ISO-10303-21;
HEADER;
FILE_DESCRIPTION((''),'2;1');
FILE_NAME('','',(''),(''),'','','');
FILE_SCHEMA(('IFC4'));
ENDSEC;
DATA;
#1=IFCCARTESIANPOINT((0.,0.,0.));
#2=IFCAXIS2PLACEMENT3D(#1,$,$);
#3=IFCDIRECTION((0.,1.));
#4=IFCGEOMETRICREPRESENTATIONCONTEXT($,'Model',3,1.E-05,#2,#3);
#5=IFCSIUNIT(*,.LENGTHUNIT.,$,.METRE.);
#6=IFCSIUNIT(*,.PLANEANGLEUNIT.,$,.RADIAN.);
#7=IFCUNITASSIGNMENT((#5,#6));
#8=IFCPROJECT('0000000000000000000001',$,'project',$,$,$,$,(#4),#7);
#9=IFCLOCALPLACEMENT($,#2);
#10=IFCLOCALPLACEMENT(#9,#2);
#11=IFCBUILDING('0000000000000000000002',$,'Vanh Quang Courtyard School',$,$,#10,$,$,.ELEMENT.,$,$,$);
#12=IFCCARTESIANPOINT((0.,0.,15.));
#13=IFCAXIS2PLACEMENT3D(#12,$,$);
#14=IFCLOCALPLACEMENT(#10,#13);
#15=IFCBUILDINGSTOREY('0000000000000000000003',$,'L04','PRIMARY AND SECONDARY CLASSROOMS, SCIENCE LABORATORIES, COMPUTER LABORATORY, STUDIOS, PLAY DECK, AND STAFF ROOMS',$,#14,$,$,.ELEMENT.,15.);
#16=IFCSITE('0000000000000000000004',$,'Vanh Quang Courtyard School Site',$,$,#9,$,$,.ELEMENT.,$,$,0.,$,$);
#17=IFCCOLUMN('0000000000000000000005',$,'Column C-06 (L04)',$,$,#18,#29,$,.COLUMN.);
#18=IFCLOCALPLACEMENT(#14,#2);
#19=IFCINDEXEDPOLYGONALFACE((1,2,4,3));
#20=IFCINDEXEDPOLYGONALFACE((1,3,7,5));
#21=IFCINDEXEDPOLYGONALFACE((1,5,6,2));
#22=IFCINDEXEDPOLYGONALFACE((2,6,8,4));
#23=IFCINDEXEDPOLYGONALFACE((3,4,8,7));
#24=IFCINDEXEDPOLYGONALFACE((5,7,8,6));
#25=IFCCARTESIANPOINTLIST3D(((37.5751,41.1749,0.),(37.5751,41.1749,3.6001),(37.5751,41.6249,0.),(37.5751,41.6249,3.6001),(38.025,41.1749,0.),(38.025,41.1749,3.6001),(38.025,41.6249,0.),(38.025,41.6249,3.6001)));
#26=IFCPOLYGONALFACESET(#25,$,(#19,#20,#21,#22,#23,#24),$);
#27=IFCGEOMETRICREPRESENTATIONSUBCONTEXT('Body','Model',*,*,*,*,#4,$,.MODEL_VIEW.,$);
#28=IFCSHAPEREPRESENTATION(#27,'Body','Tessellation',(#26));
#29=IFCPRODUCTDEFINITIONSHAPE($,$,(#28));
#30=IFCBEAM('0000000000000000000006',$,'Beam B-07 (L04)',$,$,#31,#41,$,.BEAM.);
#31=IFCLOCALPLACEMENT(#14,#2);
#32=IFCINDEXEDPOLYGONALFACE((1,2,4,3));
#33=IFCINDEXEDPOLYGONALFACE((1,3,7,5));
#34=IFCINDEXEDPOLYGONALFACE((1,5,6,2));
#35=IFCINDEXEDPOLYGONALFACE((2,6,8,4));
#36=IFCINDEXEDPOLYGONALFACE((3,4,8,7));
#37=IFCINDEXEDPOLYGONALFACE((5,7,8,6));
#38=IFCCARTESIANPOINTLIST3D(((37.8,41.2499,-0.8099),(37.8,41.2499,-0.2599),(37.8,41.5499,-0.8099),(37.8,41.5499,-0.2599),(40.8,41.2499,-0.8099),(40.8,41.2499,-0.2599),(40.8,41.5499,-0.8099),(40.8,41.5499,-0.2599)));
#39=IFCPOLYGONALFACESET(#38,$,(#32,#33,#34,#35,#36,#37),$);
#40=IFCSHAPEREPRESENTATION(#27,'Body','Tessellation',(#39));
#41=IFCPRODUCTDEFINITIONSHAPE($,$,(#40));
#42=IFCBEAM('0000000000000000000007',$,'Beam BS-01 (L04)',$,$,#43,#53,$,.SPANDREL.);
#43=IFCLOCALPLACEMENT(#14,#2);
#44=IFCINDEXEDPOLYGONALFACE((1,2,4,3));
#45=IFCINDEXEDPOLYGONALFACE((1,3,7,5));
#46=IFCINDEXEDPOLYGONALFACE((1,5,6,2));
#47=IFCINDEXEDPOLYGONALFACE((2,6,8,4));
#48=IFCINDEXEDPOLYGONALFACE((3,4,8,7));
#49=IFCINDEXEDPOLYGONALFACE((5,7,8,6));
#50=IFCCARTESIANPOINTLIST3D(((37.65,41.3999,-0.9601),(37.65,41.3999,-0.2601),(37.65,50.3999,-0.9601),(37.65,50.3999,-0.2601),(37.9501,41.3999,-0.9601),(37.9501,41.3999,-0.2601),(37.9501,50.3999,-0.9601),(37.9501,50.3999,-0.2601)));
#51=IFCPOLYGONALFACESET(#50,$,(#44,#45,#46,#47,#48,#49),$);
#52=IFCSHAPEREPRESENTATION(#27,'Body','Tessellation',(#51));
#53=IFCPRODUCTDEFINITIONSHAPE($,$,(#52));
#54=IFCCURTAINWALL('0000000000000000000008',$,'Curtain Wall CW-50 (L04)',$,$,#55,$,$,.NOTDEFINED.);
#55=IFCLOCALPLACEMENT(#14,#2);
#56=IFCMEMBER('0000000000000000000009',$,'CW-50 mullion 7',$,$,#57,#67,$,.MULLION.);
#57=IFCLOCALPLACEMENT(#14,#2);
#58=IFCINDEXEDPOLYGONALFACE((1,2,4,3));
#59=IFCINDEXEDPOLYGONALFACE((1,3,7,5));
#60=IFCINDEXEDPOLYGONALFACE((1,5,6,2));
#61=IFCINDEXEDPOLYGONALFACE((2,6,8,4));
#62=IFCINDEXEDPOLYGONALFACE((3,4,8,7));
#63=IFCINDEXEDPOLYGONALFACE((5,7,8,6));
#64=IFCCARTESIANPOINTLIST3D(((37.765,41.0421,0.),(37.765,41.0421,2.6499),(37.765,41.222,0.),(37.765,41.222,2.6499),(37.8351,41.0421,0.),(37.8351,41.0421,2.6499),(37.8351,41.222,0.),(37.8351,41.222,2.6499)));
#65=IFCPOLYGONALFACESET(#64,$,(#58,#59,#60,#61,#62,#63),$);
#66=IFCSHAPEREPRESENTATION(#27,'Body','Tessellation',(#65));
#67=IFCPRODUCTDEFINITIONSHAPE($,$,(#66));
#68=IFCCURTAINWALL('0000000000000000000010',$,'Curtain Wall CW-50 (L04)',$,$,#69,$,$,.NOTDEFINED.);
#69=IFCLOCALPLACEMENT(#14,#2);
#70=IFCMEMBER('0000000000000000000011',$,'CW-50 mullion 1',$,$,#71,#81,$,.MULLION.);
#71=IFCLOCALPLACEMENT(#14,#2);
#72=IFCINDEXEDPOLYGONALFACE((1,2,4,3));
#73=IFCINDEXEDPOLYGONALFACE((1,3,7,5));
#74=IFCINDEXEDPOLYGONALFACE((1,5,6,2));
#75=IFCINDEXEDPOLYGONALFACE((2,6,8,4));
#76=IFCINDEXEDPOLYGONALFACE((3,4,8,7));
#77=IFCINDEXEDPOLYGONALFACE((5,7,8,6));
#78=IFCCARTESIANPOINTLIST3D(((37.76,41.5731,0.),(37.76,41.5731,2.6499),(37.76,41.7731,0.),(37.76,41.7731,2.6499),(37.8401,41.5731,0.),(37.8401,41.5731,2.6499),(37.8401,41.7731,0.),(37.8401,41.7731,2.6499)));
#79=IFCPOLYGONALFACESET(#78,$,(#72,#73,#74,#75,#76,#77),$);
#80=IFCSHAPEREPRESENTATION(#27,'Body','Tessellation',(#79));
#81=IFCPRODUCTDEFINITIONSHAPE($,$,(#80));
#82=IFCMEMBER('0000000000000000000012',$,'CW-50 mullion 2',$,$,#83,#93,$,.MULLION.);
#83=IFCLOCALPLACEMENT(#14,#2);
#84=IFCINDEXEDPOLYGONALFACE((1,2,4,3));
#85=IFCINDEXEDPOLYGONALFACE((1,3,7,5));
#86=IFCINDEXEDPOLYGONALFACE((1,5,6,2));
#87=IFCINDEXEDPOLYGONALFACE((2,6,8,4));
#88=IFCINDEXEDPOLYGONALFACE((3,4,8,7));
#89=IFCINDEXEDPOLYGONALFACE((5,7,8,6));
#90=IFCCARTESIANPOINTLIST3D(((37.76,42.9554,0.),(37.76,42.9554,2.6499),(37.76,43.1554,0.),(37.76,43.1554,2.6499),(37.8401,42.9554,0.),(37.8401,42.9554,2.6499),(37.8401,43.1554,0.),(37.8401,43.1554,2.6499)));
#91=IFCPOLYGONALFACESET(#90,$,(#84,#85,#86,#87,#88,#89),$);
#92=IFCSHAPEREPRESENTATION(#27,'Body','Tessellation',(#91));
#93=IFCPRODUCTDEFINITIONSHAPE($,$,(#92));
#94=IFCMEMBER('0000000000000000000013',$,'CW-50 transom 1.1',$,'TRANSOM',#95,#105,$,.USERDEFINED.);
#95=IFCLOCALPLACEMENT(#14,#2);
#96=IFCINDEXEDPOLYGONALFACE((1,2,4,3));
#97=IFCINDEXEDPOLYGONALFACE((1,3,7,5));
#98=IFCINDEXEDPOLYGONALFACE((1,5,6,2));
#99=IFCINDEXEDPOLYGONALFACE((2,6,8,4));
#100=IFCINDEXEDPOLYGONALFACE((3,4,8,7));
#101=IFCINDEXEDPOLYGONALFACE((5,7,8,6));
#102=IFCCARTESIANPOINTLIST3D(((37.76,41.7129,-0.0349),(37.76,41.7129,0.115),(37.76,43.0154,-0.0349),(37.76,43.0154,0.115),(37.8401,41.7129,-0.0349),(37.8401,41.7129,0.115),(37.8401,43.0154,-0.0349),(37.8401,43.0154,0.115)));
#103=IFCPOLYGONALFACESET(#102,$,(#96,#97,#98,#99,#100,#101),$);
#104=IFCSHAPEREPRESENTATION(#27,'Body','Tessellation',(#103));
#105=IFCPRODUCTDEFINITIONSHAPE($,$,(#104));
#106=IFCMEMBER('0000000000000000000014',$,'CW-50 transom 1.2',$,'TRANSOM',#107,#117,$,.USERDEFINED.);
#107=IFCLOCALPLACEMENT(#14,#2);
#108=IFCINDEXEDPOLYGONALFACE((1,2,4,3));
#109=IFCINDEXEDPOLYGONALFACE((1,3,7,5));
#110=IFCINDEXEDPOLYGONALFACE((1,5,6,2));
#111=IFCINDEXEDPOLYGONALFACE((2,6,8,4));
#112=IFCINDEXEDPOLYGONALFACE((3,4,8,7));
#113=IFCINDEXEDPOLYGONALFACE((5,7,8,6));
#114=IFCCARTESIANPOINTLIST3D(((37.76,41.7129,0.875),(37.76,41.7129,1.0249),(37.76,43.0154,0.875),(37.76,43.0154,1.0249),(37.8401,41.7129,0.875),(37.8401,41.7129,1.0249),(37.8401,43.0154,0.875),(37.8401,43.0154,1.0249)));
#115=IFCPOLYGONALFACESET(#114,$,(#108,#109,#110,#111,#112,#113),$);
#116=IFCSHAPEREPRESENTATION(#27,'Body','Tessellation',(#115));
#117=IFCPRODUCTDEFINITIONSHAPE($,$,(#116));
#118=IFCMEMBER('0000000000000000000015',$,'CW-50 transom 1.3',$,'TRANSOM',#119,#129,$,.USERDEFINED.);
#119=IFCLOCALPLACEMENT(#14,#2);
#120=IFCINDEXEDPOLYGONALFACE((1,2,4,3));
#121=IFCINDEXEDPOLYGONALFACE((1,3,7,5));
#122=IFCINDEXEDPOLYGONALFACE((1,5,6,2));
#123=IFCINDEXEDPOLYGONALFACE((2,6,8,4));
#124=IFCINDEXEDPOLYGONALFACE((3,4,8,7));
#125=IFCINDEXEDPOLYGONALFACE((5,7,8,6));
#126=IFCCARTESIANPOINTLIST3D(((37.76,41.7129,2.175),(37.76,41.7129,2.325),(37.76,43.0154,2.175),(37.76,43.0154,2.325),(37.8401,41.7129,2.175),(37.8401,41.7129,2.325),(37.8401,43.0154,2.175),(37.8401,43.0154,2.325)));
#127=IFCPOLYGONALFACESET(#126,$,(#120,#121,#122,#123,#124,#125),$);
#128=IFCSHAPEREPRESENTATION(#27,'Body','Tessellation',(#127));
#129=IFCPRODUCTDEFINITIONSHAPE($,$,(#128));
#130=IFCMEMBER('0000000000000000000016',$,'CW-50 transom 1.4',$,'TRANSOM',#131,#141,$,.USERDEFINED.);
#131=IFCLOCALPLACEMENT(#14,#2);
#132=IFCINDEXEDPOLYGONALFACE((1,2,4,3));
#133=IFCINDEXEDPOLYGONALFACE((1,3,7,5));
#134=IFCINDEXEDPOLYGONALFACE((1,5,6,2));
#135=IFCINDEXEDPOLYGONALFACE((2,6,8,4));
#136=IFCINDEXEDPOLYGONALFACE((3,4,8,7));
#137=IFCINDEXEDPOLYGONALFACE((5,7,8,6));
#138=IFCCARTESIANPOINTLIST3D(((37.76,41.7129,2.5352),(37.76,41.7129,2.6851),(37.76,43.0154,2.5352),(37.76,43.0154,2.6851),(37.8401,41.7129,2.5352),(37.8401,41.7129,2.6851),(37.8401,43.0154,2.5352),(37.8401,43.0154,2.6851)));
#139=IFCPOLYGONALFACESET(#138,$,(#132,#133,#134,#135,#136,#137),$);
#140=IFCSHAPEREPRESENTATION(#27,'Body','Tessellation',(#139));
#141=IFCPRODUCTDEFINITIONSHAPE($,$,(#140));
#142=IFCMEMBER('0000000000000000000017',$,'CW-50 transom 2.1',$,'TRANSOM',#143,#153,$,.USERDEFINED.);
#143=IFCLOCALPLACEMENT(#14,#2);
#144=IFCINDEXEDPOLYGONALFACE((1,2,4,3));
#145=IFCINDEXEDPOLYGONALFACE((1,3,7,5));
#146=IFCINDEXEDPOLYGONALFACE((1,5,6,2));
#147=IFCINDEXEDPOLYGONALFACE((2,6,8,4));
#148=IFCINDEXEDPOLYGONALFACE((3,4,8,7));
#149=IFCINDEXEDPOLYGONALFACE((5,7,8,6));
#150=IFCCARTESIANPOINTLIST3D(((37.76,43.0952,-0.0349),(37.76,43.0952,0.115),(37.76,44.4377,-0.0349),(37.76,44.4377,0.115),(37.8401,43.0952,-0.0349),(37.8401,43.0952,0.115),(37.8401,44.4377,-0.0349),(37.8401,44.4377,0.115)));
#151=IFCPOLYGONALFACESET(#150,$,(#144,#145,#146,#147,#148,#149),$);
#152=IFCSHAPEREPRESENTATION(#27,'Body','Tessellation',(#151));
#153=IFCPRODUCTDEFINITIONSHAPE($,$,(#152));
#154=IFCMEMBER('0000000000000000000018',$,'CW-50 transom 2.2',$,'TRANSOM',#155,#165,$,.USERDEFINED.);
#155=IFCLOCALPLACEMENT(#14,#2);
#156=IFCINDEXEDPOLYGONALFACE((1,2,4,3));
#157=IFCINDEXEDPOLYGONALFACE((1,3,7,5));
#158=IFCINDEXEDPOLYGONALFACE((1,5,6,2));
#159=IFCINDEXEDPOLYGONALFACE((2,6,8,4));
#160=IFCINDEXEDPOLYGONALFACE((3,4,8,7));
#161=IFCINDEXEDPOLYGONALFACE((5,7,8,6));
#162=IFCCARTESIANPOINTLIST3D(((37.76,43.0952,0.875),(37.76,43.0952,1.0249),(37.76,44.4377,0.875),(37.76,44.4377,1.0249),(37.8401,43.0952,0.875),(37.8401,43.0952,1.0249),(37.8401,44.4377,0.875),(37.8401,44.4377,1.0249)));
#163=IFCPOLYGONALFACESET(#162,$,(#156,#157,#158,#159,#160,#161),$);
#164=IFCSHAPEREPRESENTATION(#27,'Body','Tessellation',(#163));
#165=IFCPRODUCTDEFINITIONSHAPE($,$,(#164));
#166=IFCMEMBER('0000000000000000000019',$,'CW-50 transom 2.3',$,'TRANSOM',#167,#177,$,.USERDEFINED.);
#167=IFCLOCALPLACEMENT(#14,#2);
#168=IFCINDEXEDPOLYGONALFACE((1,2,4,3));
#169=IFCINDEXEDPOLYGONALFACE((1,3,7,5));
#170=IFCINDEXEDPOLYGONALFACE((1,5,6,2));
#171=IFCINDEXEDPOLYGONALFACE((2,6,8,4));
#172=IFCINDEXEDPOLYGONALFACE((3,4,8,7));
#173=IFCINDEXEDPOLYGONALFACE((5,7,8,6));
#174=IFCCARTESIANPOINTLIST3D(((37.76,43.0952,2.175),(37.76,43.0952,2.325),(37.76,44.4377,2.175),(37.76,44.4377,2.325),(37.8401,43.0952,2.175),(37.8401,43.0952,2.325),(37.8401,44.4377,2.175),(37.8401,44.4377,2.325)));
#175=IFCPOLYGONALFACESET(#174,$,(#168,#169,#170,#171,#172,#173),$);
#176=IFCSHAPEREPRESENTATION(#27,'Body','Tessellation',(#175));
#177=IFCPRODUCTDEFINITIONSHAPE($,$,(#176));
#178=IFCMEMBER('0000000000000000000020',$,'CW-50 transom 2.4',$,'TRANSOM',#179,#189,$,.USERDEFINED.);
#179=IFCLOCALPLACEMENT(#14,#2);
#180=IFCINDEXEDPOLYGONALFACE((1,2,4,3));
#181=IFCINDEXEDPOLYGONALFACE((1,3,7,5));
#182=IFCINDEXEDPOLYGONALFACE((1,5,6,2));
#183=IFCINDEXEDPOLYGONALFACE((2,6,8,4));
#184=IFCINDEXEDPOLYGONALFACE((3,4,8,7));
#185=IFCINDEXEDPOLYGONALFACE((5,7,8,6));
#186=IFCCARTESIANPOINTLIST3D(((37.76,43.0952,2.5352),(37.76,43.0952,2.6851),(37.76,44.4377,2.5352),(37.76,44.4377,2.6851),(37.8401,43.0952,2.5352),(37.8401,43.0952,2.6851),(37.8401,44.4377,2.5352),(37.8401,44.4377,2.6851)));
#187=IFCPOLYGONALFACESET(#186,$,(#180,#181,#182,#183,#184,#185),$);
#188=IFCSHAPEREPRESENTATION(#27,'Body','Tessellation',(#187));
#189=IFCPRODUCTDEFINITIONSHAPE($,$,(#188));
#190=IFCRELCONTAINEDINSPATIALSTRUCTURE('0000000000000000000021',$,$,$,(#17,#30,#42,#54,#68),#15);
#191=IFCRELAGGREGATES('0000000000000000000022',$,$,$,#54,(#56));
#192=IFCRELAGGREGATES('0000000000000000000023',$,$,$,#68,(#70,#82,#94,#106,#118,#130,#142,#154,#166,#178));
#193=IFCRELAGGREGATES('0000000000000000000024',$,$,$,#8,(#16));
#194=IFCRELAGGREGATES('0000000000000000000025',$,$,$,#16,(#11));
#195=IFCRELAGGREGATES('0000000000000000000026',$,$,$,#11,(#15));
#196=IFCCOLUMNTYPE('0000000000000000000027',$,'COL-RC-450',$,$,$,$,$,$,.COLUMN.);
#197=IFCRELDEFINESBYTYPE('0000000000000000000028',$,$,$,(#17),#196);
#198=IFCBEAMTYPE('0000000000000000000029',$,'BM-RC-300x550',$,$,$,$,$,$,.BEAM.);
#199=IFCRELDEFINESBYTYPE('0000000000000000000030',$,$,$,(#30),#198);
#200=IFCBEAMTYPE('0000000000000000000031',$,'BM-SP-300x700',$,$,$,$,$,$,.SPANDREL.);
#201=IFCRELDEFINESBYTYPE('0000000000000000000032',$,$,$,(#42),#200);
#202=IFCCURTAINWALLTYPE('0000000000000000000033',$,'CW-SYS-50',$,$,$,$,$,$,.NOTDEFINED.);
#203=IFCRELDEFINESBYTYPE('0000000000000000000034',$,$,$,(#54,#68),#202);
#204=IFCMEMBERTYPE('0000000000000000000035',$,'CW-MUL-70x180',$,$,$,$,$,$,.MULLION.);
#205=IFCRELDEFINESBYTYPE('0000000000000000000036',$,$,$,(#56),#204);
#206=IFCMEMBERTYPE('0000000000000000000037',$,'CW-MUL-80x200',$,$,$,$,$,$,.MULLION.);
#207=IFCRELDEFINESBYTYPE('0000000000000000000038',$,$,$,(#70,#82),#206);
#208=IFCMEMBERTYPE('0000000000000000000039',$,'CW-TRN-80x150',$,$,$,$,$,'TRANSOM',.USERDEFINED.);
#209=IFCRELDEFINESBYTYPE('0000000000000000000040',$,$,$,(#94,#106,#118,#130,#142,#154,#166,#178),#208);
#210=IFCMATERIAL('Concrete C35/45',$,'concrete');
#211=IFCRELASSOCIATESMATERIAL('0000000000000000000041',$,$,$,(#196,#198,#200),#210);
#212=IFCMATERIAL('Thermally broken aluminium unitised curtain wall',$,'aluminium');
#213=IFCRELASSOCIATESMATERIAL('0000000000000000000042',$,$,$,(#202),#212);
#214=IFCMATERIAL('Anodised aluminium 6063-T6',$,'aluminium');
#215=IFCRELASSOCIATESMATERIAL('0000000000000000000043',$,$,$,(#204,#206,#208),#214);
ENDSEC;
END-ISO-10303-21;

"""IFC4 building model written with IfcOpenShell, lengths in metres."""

from ifc_helpers import new_model, si_unit, direction, frame, origin, origin_2d, place, context, subcontext, project, spatial, rectangle, extrude, material, material_profile, profile_set, type_object, element, aggregate, save


model = new_model("IFC4")

# Units and contexts
model_context = context("Model", 3, precision=1e-05, world=origin(), true_north=direction((0.0, 1.0)))
body_context = subcontext(model_context, "Body", "Model", "MODEL_VIEW")
ifc_project = project(units=[si_unit("LENGTHUNIT", "METRE"), si_unit("PLANEANGLEUNIT", "RADIAN")], contexts=[model_context])

# Site, building, storey
site_placement = place(None, origin())
site = spatial("IfcSite", under=ifc_project, at=site_placement, Name="Vanh Quang Courtyard School Site", CompositionType="ELEMENT", RefElevation=0.0)
building_placement = place(site_placement, origin())
building = spatial("IfcBuilding", under=site, at=building_placement, Name="Vanh Quang Courtyard School", CompositionType="ELEMENT")
storey_placement = place(building_placement, frame((0.0, 0.0, 15.0)))
storey = spatial("IfcBuildingStorey", under=building, at=storey_placement, Name="L04", Description="PRIMARY AND SECONDARY CLASSROOMS, SCIENCE LABORATORIES, COMPUTER LABORATORY, STUDIOS, PLAY DECK, AND STAFF ROOMS", CompositionType="ELEMENT", Elevation=15.0)

# Column
ifc_material_1 = material(Name="Concrete C35/45", Category="concrete")
ifc_material_profile_1 = material_profile(ifc_material_1, rectangle(XDim=0.45, YDim=0.45, at=origin_2d()), Name="RC-COL 450x450")
ifc_profile_set_1 = profile_set([ifc_material_profile_1], Name="Concrete C35/45")
column_type = type_object("IfcColumnType", Name="COL-RC-450", PredefinedType="COLUMN", material=ifc_profile_set_1)
column_placement = place(storey_placement, frame((37.8, 41.3999, 0.0), z_axis=(0.0, 0.0, 1.0), x_axis=(1.0, 0.0, 0.0)))
element("IfcColumn", 1, at=column_placement, inside=storey, type_object=column_type, Name="Column C-06 (L04)", PredefinedType="COLUMN", context=body_context, shape_type="SweptSolid", body=[
    extrude(rectangle(XDim=0.45, YDim=0.45, at=origin_2d()), origin(), (0.0, 0.0, 1.0), 3.6001),
])

# Beams
ifc_material_profile_2 = material_profile(ifc_material_1, rectangle(XDim=0.3, YDim=0.55, at=origin_2d()), Name="RC-BM 300x550")
ifc_profile_set_2 = profile_set([ifc_material_profile_2], Name="Concrete C35/45")
beam_type_1 = type_object("IfcBeamType", Name="BM-RC-300x550", PredefinedType="BEAM", material=ifc_profile_set_2)
beam_1_placement = place(storey_placement, frame((37.8, 41.3999, -0.5349), z_axis=(1.0, 0.0, 0.0), x_axis=(0.0, 1.0, 0.0)))
element("IfcBeam", 2, at=beam_1_placement, inside=storey, type_object=beam_type_1, Name="Beam B-07 (L04)", PredefinedType="BEAM", context=body_context, shape_type="SweptSolid", body=[
    extrude(rectangle(XDim=0.3, YDim=0.55, at=origin_2d()), origin(), (0.0, 0.0, 1.0), 3.0),
])
ifc_material_profile_3 = material_profile(ifc_material_1, rectangle(XDim=0.3, YDim=0.7, at=origin_2d()), Name="RC-SP 300x700")
ifc_profile_set_3 = profile_set([ifc_material_profile_3], Name="Concrete C35/45")
beam_type_2 = type_object("IfcBeamType", Name="BM-SP-300x700", PredefinedType="SPANDREL", material=ifc_profile_set_3)
beam_2_placement = place(storey_placement, frame((37.8, 41.3999, -0.6101), z_axis=(0.0, 1.0, 0.0), x_axis=(-1.0, 0.0, 0.0)))
element("IfcBeam", 3, at=beam_2_placement, inside=storey, type_object=beam_type_2, Name="Beam BS-01 (L04)", PredefinedType="SPANDREL", context=body_context, shape_type="SweptSolid", body=[
    extrude(rectangle(XDim=0.3, YDim=0.7, at=origin_2d()), origin(), (0.0, 0.0, 1.0), 9.0),
])

# Curtain wall, member
ifc_material_2 = material(Name="Thermally broken aluminium unitised curtain wall", Category="aluminium")
curtain_wall_type = type_object("IfcCurtainWallType", Name="CW-SYS-50", PredefinedType="NOTDEFINED", material=ifc_material_2)
curtain_wall_1_placement = place(storey_placement, origin())
curtain_wall_1 = element("IfcCurtainWall", 4, at=curtain_wall_1_placement, inside=storey, type_object=curtain_wall_type, Name="Curtain Wall CW-50 (L04)", PredefinedType="NOTDEFINED")
ifc_material_3 = material(Name="Anodised aluminium 6063-T6", Category="aluminium")
ifc_material_profile_4 = material_profile(ifc_material_3, rectangle(XDim=0.0701, YDim=0.1799, at=origin_2d()), Name="ALU-MUL 70x180")
ifc_profile_set_4 = profile_set([ifc_material_profile_4], Name="Anodised aluminium 6063-T6")
member_type_1 = type_object("IfcMemberType", Name="CW-MUL-70x180", PredefinedType="MULLION", material=ifc_profile_set_4)
member_1_placement = place(storey_placement, frame((37.8, 41.1321, 0.0), z_axis=(0.0, 0.0, 1.0), x_axis=(-1.0, 0.0, 0.0)))
member_1 = element("IfcMember", 5, at=member_1_placement, type_object=member_type_1, Name="CW-50 mullion 7", PredefinedType="MULLION", context=body_context, shape_type="SweptSolid", body=[
    extrude(rectangle(XDim=0.0701, YDim=0.1799, at=origin_2d()), origin(), (0.0, 0.0, 1.0), 2.6499),
])

# Curtain wall, members
curtain_wall_2_placement = place(storey_placement, origin())
curtain_wall_2 = element("IfcCurtainWall", 6, at=curtain_wall_2_placement, inside=storey, type_object=curtain_wall_type, Name="Curtain Wall CW-50 (L04)", PredefinedType="NOTDEFINED")
ifc_material_profile_5 = material_profile(ifc_material_3, rectangle(XDim=0.0801, YDim=0.2, at=origin_2d()), Name="ALU-MUL 80x200")
ifc_profile_set_5 = profile_set([ifc_material_profile_5], Name="Anodised aluminium 6063-T6")
member_type_2 = type_object("IfcMemberType", Name="CW-MUL-80x200", PredefinedType="MULLION", material=ifc_profile_set_5)
member_2_placement = place(storey_placement, frame((37.8, 41.6731, 0.0), z_axis=(0.0, 0.0, 1.0), x_axis=(-1.0, 0.0, 0.0)))
member_2 = element("IfcMember", 7, at=member_2_placement, type_object=member_type_2, Name="CW-50 mullion 1", PredefinedType="MULLION", context=body_context, shape_type="SweptSolid", body=[
    extrude(rectangle(XDim=0.0801, YDim=0.2, at=origin_2d()), origin(), (0.0, 0.0, 1.0), 2.6499),
])
member_3_placement = place(storey_placement, frame((37.8, 43.0554, 0.0), z_axis=(0.0, 0.0, 1.0), x_axis=(-1.0, 0.0, 0.0)))
member_3 = element("IfcMember", 8, at=member_3_placement, type_object=member_type_2, Name="CW-50 mullion 2", PredefinedType="MULLION", context=body_context, shape_type="SweptSolid", body=[
    extrude(rectangle(XDim=0.0801, YDim=0.2, at=origin_2d()), origin(), (0.0, 0.0, 1.0), 2.6499),
])
ifc_material_profile_6 = material_profile(ifc_material_3, rectangle(XDim=0.0801, YDim=0.1499, at=origin_2d()), Name="ALU-TRN 80x150")
ifc_profile_set_6 = profile_set([ifc_material_profile_6], Name="Anodised aluminium 6063-T6")
member_type_3 = type_object("IfcMemberType", Name="CW-TRN-80x150", ElementType="TRANSOM", PredefinedType="USERDEFINED", material=ifc_profile_set_6)
member_4_placement = place(storey_placement, frame((37.8, 41.7129, 0.04), z_axis=(0.0, 1.0, 0.0), x_axis=(-1.0, 0.0, 0.0)))
member_4 = element("IfcMember", 9, at=member_4_placement, type_object=member_type_3, Name="CW-50 transom 1.1", ObjectType="TRANSOM", PredefinedType="USERDEFINED", context=body_context, shape_type="SweptSolid", body=[
    extrude(rectangle(XDim=0.0801, YDim=0.1499, at=origin_2d()), origin(), (0.0, 0.0, 1.0), 1.3025),
])
member_5_placement = place(storey_placement, frame((37.8, 41.7129, 0.95), z_axis=(0.0, 1.0, 0.0), x_axis=(-1.0, 0.0, 0.0)))
member_5 = element("IfcMember", 10, at=member_5_placement, type_object=member_type_3, Name="CW-50 transom 1.2", ObjectType="TRANSOM", PredefinedType="USERDEFINED", context=body_context, shape_type="SweptSolid", body=[
    extrude(rectangle(XDim=0.0801, YDim=0.1499, at=origin_2d()), origin(), (0.0, 0.0, 1.0), 1.3025),
])
member_6_placement = place(storey_placement, frame((37.8, 41.7129, 2.25), z_axis=(0.0, 1.0, 0.0), x_axis=(-1.0, 0.0, 0.0)))
member_6 = element("IfcMember", 11, at=member_6_placement, type_object=member_type_3, Name="CW-50 transom 1.3", ObjectType="TRANSOM", PredefinedType="USERDEFINED", context=body_context, shape_type="SweptSolid", body=[
    extrude(rectangle(XDim=0.0801, YDim=0.1499, at=origin_2d()), origin(), (0.0, 0.0, 1.0), 1.3025),
])
member_7_placement = place(storey_placement, frame((37.8, 41.7129, 2.6101), z_axis=(0.0, 1.0, 0.0), x_axis=(-1.0, 0.0, 0.0)))
member_7 = element("IfcMember", 12, at=member_7_placement, type_object=member_type_3, Name="CW-50 transom 1.4", ObjectType="TRANSOM", PredefinedType="USERDEFINED", context=body_context, shape_type="SweptSolid", body=[
    extrude(rectangle(XDim=0.0801, YDim=0.1499, at=origin_2d()), origin(), (0.0, 0.0, 1.0), 1.3025),
])
member_8_placement = place(storey_placement, frame((37.8, 43.0952, 0.04), z_axis=(0.0, 1.0, 0.0), x_axis=(-1.0, 0.0, 0.0)))
member_8 = element("IfcMember", 13, at=member_8_placement, type_object=member_type_3, Name="CW-50 transom 2.1", ObjectType="TRANSOM", PredefinedType="USERDEFINED", context=body_context, shape_type="SweptSolid", body=[
    extrude(rectangle(XDim=0.0801, YDim=0.1499, at=origin_2d()), origin(), (0.0, 0.0, 1.0), 1.3425),
])
member_9_placement = place(storey_placement, frame((37.8, 43.0952, 0.95), z_axis=(0.0, 1.0, 0.0), x_axis=(-1.0, 0.0, 0.0)))
member_9 = element("IfcMember", 14, at=member_9_placement, type_object=member_type_3, Name="CW-50 transom 2.2", ObjectType="TRANSOM", PredefinedType="USERDEFINED", context=body_context, shape_type="SweptSolid", body=[
    extrude(rectangle(XDim=0.0801, YDim=0.1499, at=origin_2d()), origin(), (0.0, 0.0, 1.0), 1.3425),
])
member_10_placement = place(storey_placement, frame((37.8, 43.0952, 2.25), z_axis=(0.0, 1.0, 0.0), x_axis=(-1.0, 0.0, 0.0)))
member_10 = element("IfcMember", 15, at=member_10_placement, type_object=member_type_3, Name="CW-50 transom 2.3", ObjectType="TRANSOM", PredefinedType="USERDEFINED", context=body_context, shape_type="SweptSolid", body=[
    extrude(rectangle(XDim=0.0801, YDim=0.1499, at=origin_2d()), origin(), (0.0, 0.0, 1.0), 1.3425),
])
member_11_placement = place(storey_placement, frame((37.8, 43.0952, 2.6101), z_axis=(0.0, 1.0, 0.0), x_axis=(-1.0, 0.0, 0.0)))
member_11 = element("IfcMember", 16, at=member_11_placement, type_object=member_type_3, Name="CW-50 transom 2.4", ObjectType="TRANSOM", PredefinedType="USERDEFINED", context=body_context, shape_type="SweptSolid", body=[
    extrude(rectangle(XDim=0.0801, YDim=0.1499, at=origin_2d()), origin(), (0.0, 0.0, 1.0), 1.3425),
])

aggregate(curtain_wall_1, [member_1])
aggregate(curtain_wall_2, [member_2, member_3, member_4, member_5, member_6, member_7, member_8, member_9, member_10, member_11])

save(model, "model.ifc")
